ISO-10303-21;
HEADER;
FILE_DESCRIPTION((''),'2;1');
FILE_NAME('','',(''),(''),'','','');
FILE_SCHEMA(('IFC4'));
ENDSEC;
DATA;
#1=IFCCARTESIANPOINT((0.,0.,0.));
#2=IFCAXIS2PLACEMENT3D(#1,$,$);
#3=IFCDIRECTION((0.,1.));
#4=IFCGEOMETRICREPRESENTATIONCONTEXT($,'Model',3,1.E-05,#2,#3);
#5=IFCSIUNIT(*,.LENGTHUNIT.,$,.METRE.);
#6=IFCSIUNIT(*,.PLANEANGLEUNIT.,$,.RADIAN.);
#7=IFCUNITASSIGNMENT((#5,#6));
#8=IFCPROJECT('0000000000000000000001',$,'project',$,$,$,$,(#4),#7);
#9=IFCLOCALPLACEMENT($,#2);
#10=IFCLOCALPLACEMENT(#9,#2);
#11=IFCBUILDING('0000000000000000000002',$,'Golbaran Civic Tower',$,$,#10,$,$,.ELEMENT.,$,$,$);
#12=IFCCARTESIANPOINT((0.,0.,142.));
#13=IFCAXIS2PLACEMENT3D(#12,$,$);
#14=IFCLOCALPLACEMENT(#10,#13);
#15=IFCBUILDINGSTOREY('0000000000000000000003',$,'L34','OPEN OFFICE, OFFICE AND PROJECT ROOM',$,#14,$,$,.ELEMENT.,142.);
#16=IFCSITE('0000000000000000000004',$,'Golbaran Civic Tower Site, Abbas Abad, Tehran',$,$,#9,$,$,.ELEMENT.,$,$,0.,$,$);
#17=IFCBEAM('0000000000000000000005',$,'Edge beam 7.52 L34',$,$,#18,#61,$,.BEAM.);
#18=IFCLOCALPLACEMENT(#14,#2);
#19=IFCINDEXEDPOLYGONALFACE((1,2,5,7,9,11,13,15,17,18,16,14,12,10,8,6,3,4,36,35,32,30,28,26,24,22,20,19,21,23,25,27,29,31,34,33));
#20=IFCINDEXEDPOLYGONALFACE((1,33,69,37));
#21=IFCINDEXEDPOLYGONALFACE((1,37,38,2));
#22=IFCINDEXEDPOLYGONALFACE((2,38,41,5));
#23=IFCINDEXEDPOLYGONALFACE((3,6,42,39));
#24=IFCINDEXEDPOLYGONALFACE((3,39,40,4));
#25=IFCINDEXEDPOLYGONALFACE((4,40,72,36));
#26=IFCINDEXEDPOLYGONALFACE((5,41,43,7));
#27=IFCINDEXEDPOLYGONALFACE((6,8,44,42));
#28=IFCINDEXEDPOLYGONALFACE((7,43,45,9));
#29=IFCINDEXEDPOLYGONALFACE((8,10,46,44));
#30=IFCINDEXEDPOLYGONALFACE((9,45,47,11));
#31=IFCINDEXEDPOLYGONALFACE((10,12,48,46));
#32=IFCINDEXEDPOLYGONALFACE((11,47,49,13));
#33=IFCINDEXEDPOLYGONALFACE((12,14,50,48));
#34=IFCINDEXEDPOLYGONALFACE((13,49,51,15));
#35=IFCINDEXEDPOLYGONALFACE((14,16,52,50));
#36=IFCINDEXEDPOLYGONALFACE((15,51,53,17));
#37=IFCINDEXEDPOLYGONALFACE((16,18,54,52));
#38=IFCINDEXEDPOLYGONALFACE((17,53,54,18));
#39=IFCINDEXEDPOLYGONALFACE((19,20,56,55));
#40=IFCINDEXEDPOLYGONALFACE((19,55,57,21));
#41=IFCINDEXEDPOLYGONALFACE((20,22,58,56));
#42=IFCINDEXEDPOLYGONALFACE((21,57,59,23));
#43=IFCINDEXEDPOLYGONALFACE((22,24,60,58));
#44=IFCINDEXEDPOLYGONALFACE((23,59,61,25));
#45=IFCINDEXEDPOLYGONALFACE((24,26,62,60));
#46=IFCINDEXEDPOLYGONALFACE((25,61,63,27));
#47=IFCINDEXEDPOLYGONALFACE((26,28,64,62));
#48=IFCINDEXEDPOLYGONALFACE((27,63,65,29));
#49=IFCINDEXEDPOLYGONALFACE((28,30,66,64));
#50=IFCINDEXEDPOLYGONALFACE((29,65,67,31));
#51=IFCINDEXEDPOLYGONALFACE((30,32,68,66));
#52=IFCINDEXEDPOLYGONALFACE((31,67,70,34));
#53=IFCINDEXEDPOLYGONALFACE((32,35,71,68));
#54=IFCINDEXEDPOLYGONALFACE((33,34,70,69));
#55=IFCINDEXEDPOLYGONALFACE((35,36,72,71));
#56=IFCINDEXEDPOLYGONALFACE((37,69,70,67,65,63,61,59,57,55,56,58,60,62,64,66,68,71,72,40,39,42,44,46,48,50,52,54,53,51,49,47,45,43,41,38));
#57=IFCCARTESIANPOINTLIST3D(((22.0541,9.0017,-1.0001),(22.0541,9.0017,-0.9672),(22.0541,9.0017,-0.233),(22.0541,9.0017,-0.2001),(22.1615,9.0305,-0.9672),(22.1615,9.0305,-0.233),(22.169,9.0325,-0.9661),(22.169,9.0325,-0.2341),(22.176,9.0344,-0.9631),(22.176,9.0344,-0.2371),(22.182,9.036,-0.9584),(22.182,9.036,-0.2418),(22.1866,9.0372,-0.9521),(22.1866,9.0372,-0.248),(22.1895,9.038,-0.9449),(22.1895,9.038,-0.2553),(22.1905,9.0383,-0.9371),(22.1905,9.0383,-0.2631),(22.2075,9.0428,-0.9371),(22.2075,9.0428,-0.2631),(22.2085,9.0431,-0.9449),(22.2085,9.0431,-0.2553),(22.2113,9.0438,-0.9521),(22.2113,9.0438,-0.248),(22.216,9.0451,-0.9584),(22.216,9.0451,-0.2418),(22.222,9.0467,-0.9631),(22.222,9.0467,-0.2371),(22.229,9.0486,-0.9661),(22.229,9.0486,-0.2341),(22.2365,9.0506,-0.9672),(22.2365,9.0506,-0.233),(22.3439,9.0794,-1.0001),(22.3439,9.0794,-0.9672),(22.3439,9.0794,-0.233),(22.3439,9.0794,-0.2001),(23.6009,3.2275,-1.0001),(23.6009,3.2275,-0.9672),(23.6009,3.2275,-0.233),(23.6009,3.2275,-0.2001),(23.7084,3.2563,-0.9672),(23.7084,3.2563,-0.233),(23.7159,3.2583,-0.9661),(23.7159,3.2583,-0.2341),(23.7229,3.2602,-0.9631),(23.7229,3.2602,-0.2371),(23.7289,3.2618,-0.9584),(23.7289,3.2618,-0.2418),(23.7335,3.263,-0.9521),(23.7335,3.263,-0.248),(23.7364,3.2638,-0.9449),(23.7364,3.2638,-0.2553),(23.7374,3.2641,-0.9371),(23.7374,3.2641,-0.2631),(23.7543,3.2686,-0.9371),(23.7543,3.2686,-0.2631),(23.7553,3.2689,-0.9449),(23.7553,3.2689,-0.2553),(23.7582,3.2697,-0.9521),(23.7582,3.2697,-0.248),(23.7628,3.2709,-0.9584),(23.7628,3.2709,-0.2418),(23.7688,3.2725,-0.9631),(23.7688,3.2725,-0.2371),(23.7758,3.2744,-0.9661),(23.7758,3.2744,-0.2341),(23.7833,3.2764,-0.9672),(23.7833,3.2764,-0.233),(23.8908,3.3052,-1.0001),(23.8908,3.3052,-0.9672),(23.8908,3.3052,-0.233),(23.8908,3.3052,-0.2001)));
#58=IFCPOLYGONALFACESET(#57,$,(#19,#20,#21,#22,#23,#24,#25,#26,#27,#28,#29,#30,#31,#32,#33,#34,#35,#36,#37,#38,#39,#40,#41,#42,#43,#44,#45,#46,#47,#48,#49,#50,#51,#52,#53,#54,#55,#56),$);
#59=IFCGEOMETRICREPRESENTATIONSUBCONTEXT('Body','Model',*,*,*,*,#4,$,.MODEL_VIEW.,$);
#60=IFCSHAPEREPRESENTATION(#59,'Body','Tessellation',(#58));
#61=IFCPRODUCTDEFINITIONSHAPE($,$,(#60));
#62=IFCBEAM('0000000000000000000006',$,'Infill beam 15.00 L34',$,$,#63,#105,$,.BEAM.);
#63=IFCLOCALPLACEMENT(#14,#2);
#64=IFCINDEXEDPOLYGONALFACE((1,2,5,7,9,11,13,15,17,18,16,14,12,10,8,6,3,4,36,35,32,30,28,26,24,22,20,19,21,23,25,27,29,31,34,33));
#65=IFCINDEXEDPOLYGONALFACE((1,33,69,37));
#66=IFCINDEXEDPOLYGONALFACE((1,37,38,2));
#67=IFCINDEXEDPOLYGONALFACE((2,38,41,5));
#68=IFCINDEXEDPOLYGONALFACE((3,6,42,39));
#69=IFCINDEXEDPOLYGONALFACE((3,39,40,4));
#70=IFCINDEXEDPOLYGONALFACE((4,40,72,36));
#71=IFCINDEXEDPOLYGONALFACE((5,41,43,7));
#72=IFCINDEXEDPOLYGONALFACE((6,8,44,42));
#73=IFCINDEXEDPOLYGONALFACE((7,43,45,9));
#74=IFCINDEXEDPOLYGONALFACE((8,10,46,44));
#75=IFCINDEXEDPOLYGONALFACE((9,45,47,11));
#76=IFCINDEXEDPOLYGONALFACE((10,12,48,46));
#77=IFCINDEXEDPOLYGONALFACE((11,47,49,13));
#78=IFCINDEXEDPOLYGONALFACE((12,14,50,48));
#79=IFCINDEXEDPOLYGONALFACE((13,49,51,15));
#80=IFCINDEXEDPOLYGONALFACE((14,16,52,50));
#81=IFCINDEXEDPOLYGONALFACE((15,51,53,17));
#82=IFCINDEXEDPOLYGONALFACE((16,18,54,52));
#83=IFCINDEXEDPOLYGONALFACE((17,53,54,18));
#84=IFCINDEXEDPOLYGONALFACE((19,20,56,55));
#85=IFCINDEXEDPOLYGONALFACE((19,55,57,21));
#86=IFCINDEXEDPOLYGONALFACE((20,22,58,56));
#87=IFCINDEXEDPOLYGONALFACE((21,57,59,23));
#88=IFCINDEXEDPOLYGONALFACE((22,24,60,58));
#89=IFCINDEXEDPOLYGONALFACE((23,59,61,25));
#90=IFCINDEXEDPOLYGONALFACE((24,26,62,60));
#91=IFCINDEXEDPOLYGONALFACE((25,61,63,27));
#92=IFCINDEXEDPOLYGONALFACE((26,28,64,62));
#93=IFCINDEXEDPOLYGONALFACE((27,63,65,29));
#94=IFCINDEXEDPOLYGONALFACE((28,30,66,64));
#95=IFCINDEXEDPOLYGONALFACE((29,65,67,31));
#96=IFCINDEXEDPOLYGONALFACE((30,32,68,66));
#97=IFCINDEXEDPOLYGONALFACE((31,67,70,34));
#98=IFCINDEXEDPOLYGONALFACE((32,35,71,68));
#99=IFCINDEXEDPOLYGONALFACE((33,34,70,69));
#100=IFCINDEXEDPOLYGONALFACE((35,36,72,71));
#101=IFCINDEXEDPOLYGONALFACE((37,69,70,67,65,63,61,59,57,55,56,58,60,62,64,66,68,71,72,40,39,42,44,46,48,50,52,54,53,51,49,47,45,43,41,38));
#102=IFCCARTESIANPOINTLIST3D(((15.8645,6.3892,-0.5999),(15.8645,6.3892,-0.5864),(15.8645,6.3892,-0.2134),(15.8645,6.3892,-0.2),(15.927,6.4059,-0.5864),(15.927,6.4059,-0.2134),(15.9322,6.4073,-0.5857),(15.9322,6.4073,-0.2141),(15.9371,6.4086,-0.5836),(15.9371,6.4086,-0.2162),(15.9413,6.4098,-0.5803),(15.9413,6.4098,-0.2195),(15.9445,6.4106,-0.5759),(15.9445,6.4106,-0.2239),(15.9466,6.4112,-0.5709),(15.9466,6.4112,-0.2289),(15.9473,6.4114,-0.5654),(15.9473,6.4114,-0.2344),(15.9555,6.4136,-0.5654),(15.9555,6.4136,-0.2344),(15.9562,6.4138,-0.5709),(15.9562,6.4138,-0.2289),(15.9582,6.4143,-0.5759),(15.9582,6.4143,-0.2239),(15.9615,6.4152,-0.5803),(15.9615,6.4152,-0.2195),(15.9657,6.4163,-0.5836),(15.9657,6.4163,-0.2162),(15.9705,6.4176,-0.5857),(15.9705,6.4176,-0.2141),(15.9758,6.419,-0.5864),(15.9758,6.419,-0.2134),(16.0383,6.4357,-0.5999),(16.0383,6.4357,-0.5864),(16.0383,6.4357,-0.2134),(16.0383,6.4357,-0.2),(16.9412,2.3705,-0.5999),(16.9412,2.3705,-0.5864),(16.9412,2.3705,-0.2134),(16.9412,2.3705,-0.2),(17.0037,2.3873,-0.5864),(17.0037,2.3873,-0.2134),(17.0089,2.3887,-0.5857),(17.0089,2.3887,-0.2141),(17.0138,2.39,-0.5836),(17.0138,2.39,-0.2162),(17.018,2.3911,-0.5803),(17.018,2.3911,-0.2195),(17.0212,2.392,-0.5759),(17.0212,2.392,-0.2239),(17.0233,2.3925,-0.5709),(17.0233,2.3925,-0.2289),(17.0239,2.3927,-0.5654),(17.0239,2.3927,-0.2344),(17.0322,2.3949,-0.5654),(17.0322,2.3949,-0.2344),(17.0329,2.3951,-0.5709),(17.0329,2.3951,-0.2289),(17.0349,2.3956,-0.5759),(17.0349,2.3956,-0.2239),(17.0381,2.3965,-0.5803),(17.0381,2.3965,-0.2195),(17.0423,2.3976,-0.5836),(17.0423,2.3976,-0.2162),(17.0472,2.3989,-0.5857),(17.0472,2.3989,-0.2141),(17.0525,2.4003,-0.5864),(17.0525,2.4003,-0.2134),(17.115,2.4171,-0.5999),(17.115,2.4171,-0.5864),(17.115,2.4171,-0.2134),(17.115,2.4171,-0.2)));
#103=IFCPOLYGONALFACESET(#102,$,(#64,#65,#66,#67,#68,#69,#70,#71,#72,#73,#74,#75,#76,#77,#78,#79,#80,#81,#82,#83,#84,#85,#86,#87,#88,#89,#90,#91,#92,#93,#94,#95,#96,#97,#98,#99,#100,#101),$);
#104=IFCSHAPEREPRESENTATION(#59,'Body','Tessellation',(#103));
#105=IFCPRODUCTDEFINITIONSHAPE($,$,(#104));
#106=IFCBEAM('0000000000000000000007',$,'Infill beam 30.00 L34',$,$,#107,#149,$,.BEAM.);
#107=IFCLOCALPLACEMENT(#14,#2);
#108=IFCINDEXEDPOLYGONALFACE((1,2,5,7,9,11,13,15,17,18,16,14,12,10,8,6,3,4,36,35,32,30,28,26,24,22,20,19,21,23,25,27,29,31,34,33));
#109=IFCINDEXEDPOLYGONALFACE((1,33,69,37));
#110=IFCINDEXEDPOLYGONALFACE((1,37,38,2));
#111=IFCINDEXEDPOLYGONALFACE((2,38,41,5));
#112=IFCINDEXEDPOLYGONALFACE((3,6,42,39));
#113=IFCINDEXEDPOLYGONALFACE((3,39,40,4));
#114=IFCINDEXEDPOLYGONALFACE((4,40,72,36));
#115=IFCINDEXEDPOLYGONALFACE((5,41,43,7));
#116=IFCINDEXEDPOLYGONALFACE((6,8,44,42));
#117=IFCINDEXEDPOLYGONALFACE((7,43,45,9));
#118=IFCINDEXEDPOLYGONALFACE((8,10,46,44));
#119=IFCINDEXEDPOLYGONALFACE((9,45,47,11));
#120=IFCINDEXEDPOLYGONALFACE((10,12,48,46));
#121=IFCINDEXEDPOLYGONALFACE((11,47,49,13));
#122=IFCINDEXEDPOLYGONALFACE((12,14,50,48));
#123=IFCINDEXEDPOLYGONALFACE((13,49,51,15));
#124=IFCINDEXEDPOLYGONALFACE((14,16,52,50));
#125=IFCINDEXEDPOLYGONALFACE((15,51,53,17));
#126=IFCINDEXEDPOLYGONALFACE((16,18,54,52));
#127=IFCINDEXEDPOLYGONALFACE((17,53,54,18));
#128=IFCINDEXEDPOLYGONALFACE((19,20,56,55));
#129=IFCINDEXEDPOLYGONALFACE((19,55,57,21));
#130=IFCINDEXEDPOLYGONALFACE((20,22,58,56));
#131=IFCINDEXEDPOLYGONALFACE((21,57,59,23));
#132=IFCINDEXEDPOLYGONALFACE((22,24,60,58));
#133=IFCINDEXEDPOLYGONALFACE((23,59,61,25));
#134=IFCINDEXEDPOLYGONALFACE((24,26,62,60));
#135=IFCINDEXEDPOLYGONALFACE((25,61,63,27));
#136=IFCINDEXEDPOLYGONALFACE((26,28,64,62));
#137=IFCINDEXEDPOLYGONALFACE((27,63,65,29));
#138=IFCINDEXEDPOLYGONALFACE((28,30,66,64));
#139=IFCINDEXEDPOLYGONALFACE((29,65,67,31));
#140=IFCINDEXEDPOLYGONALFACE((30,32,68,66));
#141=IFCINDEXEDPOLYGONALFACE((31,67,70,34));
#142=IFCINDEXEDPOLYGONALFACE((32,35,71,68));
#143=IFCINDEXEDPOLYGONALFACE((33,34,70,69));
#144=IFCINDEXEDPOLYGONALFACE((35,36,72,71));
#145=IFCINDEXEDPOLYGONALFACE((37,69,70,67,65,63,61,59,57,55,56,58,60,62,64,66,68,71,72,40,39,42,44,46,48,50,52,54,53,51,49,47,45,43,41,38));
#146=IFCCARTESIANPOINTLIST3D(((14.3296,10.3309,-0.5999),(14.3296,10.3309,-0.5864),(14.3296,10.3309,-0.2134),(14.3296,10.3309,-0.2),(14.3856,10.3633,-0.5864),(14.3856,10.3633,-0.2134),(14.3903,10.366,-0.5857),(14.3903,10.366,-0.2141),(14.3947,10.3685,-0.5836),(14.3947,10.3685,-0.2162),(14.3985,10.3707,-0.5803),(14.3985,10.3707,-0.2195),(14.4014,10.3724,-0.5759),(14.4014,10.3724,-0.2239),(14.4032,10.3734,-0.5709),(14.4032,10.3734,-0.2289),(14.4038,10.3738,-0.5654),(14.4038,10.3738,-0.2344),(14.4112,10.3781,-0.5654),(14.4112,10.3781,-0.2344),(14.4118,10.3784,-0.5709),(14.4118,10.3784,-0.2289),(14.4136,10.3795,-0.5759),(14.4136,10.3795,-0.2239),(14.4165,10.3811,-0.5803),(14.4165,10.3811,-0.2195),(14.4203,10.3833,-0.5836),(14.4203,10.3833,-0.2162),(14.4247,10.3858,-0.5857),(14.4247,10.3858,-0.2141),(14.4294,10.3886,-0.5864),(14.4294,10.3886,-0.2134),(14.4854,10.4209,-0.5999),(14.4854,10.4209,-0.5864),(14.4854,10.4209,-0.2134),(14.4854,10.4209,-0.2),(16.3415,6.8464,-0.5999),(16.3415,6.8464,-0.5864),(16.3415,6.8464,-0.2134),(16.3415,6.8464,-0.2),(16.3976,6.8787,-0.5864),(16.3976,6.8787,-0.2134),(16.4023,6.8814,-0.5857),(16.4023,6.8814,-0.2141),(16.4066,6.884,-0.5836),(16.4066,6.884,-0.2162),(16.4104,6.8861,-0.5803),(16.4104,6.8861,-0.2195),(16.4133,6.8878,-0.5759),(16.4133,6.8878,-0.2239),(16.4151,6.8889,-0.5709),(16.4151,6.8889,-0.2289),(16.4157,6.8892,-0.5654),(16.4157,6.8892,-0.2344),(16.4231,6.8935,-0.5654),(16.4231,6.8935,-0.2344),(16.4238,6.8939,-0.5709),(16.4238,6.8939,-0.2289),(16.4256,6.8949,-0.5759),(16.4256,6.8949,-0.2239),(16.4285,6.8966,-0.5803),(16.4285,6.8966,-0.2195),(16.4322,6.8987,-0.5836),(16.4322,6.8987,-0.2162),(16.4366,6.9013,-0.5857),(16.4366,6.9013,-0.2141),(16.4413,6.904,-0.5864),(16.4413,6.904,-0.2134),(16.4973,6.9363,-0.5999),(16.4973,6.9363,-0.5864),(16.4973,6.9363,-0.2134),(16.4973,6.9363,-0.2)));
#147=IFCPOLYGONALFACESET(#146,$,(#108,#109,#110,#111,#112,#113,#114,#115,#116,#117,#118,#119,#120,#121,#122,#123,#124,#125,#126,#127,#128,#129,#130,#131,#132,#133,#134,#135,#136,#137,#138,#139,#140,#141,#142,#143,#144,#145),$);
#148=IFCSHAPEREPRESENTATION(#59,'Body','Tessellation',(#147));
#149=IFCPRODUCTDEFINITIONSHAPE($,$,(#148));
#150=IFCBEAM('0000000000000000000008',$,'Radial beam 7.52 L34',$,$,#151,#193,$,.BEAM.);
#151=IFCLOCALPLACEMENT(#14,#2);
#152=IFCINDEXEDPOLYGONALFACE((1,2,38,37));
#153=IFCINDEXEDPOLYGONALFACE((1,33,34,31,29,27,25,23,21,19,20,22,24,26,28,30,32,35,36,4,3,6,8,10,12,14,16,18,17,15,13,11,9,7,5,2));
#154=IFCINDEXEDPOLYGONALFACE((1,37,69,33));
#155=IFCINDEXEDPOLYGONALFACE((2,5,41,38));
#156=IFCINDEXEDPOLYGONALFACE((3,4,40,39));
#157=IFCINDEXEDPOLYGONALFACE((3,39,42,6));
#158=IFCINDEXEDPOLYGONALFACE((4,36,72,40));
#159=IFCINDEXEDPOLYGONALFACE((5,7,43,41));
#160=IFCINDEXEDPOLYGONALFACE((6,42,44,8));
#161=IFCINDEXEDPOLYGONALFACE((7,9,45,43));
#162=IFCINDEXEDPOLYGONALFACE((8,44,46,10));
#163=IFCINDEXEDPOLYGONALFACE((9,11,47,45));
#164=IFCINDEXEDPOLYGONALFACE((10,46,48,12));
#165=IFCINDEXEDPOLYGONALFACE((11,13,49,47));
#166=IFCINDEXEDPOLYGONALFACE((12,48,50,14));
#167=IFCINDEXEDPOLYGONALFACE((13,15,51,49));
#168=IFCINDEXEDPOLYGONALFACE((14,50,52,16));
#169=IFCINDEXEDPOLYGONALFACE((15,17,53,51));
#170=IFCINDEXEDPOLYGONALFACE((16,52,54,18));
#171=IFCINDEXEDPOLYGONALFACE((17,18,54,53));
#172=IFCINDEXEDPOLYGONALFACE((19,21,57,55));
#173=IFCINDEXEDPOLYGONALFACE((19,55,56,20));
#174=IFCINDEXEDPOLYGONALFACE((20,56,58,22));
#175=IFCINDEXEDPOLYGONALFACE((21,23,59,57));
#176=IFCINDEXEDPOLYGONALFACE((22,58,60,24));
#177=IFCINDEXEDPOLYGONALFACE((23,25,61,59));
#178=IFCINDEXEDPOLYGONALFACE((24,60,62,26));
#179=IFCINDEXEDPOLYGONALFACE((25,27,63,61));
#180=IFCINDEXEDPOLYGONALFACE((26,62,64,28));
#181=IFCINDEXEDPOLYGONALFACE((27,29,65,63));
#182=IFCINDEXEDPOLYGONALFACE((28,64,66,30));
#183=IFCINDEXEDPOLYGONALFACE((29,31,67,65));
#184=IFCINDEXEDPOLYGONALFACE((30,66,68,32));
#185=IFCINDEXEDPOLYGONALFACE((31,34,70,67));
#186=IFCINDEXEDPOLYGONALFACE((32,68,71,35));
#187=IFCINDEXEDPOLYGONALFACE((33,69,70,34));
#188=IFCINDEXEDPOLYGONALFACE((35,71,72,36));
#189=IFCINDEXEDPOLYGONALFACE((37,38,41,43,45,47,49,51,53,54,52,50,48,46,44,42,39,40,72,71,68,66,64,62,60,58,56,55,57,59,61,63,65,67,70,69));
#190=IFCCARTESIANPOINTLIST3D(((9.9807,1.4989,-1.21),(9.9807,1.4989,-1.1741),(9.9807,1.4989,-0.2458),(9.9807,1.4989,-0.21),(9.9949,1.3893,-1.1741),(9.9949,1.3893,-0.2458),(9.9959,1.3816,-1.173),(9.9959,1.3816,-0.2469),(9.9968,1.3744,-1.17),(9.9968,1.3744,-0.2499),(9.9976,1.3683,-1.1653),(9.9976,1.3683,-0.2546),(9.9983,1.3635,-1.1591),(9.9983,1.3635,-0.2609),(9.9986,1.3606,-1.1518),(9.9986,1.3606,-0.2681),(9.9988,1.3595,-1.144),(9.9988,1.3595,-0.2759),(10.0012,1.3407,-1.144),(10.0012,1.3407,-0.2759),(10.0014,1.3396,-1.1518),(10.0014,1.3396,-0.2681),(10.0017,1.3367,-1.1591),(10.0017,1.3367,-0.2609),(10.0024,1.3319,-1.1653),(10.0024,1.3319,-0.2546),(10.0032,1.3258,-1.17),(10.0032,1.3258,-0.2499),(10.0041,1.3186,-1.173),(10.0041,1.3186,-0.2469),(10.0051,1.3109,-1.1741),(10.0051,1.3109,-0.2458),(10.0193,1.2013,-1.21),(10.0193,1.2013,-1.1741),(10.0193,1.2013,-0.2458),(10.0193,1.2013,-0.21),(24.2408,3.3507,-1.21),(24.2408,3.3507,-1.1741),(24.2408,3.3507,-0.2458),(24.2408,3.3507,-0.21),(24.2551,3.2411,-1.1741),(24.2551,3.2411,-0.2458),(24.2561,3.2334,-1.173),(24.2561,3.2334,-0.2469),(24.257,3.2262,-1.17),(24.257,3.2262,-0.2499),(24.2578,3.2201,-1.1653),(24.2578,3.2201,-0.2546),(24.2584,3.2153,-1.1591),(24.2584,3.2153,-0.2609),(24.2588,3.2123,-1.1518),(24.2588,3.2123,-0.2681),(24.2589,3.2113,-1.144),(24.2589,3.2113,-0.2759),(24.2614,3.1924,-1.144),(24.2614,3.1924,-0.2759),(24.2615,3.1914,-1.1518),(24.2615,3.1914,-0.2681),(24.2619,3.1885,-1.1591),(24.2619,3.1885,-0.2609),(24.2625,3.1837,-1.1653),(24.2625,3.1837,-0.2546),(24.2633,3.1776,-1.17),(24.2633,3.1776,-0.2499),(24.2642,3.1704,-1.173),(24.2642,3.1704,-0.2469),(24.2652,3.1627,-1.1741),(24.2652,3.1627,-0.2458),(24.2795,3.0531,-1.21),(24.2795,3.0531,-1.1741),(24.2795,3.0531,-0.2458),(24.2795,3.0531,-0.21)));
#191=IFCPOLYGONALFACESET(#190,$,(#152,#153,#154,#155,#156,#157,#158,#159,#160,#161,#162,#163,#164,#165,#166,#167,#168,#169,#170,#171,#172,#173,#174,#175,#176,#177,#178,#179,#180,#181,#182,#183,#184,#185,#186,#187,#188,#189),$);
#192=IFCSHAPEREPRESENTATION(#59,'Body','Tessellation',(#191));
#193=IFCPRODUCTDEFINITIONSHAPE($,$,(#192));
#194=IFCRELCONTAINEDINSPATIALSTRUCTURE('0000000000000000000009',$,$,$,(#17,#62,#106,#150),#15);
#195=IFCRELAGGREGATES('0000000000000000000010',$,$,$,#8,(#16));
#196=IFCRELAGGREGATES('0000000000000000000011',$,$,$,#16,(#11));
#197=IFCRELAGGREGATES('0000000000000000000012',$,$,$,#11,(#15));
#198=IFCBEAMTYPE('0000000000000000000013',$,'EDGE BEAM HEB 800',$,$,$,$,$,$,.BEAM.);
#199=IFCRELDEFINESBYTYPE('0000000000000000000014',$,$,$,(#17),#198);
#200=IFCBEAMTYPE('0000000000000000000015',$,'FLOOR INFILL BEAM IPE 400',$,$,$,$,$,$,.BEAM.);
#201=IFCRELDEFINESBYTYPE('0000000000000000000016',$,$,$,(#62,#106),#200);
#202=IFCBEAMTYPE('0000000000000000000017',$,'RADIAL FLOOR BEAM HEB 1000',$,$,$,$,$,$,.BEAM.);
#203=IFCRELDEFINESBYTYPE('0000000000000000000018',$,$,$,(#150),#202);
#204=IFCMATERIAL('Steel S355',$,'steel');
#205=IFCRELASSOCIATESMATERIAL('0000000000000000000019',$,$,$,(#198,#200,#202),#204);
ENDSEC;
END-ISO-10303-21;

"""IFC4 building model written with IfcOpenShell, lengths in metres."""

from ifc_helpers import new_model, si_unit, direction, frame, origin, origin_2d, place, context, subcontext, project, spatial, i_section, extrude, material, material_profile, profile_set, type_object, element, save


model = new_model("IFC4")

# Units and contexts
model_context = context("Model", 3, precision=1e-05, world=origin(), true_north=direction((0.0, 1.0)))
body_context = subcontext(model_context, "Body", "Model", "MODEL_VIEW")
ifc_project = project(units=[si_unit("LENGTHUNIT", "METRE"), si_unit("PLANEANGLEUNIT", "RADIAN")], contexts=[model_context])

# Site, building, storey
site_placement = place(None, origin())
site = spatial("IfcSite", under=ifc_project, at=site_placement, Name="Golbaran Civic Tower Site, Abbas Abad, Tehran", CompositionType="ELEMENT", RefElevation=0.0)
building_placement = place(site_placement, origin())
building = spatial("IfcBuilding", under=site, at=building_placement, Name="Golbaran Civic Tower", CompositionType="ELEMENT")
storey_placement = place(building_placement, frame((0.0, 0.0, 142.0)))
storey = spatial("IfcBuildingStorey", under=building, at=storey_placement, Name="L34", Description="OPEN OFFICE, OFFICE AND PROJECT ROOM", CompositionType="ELEMENT", Elevation=142.0)

# Beams
ifc_material_1 = material(Name="Steel S355", Category="steel")
ifc_material_profile_1 = material_profile(ifc_material_1, i_section(OverallWidth=0.3, OverallDepth=0.8, WebThickness=0.0176, FlangeThickness=0.033, FilletRadius=0.03, at=origin_2d()), Name="HEB 800")
ifc_profile_set_1 = profile_set([ifc_material_profile_1], Name="Steel S355")
beam_type_1 = type_object("IfcBeamType", Name="EDGE BEAM HEB 800", PredefinedType="BEAM", material=ifc_profile_set_1)
beam_1_placement = place(storey_placement, frame((23.7458, 3.2664, -0.6001), z_axis=(-0.258771, 0.965939, 0.0), x_axis=(-0.965939, -0.258771, 0.0)))
element("IfcBeam", 1, at=beam_1_placement, inside=storey, type_object=beam_type_1, Name="Edge beam 7.52 L34", PredefinedType="BEAM", context=body_context, shape_type="SweptSolid", body=[
    extrude(i_section(OverallWidth=0.3, OverallDepth=0.8, WebThickness=0.0176, FlangeThickness=0.033, FilletRadius=0.03, at=origin_2d()), origin(), (0.0, 0.0, 1.0), 5.9778),
])
ifc_material_profile_2 = material_profile(ifc_material_1, i_section(OverallWidth=0.1799, OverallDepth=0.3999, WebThickness=0.0085, FlangeThickness=0.0134, FilletRadius=0.021, at=origin_2d()), Name="IPE 400")
ifc_profile_set_2 = profile_set([ifc_material_profile_2], Name="Steel S355")
beam_type_2 = type_object("IfcBeamType", Name="FLOOR INFILL BEAM IPE 400", PredefinedType="BEAM", material=ifc_profile_set_2)
beam_2_placement = place(storey_placement, frame((17.0281, 2.3938, -0.3999), z_axis=(-0.258795, 0.965932, 0.0), x_axis=(-0.965932, -0.258795, 0.0)))
element("IfcBeam", 2, at=beam_2_placement, inside=storey, type_object=beam_type_2, Name="Infill beam 15.00 L34", PredefinedType="BEAM", context=body_context, shape_type="SweptSolid", body=[
    extrude(i_section(OverallWidth=0.1799, OverallDepth=0.3999, WebThickness=0.0085, FlangeThickness=0.0134, FilletRadius=0.021, at=origin_2d()), origin(), (0.0, 0.0, 1.0), 4.1604),
])
beam_3_placement = place(storey_placement, frame((16.4194, 6.8914, -0.3999), z_axis=(-0.500022, 0.866013, 0.0), x_axis=(-0.866013, -0.500022, 0.0)))
element("IfcBeam", 3, at=beam_3_placement, inside=storey, type_object=beam_type_2, Name="Infill beam 30.00 L34", PredefinedType="BEAM", context=body_context, shape_type="SweptSolid", body=[
    extrude(i_section(OverallWidth=0.1799, OverallDepth=0.3999, WebThickness=0.0085, FlangeThickness=0.0134, FilletRadius=0.021, at=origin_2d()), origin(), (0.0, 0.0, 1.0), 4.0237),
])
ifc_material_profile_3 = material_profile(ifc_material_1, i_section(OverallWidth=0.3, OverallDepth=1.0, WebThickness=0.019, FlangeThickness=0.0359, FilletRadius=0.03, at=origin_2d()), Name="HEB 1000")
ifc_profile_set_3 = profile_set([ifc_material_profile_3], Name="Steel S355")
beam_type_3 = type_object("IfcBeamType", Name="RADIAL FLOOR BEAM HEB 1000", PredefinedType="BEAM", material=ifc_profile_set_3)
beam_4_placement = place(storey_placement, frame((10.0, 1.3501, -0.71), z_axis=(0.991674, 0.128777, 0.0), x_axis=(-0.128777, 0.991674, 0.0)))
element("IfcBeam", 4, at=beam_4_placement, inside=storey, type_object=beam_type_3, Name="Radial beam 7.52 L34", PredefinedType="BEAM", context=body_context, shape_type="SweptSolid", body=[
    extrude(i_section(OverallWidth=0.3, OverallDepth=1.0, WebThickness=0.019, FlangeThickness=0.0359, FilletRadius=0.03, at=origin_2d()), origin(), (0.0, 0.0, 1.0), 14.3799),
])

save(model, "model.ifc")
